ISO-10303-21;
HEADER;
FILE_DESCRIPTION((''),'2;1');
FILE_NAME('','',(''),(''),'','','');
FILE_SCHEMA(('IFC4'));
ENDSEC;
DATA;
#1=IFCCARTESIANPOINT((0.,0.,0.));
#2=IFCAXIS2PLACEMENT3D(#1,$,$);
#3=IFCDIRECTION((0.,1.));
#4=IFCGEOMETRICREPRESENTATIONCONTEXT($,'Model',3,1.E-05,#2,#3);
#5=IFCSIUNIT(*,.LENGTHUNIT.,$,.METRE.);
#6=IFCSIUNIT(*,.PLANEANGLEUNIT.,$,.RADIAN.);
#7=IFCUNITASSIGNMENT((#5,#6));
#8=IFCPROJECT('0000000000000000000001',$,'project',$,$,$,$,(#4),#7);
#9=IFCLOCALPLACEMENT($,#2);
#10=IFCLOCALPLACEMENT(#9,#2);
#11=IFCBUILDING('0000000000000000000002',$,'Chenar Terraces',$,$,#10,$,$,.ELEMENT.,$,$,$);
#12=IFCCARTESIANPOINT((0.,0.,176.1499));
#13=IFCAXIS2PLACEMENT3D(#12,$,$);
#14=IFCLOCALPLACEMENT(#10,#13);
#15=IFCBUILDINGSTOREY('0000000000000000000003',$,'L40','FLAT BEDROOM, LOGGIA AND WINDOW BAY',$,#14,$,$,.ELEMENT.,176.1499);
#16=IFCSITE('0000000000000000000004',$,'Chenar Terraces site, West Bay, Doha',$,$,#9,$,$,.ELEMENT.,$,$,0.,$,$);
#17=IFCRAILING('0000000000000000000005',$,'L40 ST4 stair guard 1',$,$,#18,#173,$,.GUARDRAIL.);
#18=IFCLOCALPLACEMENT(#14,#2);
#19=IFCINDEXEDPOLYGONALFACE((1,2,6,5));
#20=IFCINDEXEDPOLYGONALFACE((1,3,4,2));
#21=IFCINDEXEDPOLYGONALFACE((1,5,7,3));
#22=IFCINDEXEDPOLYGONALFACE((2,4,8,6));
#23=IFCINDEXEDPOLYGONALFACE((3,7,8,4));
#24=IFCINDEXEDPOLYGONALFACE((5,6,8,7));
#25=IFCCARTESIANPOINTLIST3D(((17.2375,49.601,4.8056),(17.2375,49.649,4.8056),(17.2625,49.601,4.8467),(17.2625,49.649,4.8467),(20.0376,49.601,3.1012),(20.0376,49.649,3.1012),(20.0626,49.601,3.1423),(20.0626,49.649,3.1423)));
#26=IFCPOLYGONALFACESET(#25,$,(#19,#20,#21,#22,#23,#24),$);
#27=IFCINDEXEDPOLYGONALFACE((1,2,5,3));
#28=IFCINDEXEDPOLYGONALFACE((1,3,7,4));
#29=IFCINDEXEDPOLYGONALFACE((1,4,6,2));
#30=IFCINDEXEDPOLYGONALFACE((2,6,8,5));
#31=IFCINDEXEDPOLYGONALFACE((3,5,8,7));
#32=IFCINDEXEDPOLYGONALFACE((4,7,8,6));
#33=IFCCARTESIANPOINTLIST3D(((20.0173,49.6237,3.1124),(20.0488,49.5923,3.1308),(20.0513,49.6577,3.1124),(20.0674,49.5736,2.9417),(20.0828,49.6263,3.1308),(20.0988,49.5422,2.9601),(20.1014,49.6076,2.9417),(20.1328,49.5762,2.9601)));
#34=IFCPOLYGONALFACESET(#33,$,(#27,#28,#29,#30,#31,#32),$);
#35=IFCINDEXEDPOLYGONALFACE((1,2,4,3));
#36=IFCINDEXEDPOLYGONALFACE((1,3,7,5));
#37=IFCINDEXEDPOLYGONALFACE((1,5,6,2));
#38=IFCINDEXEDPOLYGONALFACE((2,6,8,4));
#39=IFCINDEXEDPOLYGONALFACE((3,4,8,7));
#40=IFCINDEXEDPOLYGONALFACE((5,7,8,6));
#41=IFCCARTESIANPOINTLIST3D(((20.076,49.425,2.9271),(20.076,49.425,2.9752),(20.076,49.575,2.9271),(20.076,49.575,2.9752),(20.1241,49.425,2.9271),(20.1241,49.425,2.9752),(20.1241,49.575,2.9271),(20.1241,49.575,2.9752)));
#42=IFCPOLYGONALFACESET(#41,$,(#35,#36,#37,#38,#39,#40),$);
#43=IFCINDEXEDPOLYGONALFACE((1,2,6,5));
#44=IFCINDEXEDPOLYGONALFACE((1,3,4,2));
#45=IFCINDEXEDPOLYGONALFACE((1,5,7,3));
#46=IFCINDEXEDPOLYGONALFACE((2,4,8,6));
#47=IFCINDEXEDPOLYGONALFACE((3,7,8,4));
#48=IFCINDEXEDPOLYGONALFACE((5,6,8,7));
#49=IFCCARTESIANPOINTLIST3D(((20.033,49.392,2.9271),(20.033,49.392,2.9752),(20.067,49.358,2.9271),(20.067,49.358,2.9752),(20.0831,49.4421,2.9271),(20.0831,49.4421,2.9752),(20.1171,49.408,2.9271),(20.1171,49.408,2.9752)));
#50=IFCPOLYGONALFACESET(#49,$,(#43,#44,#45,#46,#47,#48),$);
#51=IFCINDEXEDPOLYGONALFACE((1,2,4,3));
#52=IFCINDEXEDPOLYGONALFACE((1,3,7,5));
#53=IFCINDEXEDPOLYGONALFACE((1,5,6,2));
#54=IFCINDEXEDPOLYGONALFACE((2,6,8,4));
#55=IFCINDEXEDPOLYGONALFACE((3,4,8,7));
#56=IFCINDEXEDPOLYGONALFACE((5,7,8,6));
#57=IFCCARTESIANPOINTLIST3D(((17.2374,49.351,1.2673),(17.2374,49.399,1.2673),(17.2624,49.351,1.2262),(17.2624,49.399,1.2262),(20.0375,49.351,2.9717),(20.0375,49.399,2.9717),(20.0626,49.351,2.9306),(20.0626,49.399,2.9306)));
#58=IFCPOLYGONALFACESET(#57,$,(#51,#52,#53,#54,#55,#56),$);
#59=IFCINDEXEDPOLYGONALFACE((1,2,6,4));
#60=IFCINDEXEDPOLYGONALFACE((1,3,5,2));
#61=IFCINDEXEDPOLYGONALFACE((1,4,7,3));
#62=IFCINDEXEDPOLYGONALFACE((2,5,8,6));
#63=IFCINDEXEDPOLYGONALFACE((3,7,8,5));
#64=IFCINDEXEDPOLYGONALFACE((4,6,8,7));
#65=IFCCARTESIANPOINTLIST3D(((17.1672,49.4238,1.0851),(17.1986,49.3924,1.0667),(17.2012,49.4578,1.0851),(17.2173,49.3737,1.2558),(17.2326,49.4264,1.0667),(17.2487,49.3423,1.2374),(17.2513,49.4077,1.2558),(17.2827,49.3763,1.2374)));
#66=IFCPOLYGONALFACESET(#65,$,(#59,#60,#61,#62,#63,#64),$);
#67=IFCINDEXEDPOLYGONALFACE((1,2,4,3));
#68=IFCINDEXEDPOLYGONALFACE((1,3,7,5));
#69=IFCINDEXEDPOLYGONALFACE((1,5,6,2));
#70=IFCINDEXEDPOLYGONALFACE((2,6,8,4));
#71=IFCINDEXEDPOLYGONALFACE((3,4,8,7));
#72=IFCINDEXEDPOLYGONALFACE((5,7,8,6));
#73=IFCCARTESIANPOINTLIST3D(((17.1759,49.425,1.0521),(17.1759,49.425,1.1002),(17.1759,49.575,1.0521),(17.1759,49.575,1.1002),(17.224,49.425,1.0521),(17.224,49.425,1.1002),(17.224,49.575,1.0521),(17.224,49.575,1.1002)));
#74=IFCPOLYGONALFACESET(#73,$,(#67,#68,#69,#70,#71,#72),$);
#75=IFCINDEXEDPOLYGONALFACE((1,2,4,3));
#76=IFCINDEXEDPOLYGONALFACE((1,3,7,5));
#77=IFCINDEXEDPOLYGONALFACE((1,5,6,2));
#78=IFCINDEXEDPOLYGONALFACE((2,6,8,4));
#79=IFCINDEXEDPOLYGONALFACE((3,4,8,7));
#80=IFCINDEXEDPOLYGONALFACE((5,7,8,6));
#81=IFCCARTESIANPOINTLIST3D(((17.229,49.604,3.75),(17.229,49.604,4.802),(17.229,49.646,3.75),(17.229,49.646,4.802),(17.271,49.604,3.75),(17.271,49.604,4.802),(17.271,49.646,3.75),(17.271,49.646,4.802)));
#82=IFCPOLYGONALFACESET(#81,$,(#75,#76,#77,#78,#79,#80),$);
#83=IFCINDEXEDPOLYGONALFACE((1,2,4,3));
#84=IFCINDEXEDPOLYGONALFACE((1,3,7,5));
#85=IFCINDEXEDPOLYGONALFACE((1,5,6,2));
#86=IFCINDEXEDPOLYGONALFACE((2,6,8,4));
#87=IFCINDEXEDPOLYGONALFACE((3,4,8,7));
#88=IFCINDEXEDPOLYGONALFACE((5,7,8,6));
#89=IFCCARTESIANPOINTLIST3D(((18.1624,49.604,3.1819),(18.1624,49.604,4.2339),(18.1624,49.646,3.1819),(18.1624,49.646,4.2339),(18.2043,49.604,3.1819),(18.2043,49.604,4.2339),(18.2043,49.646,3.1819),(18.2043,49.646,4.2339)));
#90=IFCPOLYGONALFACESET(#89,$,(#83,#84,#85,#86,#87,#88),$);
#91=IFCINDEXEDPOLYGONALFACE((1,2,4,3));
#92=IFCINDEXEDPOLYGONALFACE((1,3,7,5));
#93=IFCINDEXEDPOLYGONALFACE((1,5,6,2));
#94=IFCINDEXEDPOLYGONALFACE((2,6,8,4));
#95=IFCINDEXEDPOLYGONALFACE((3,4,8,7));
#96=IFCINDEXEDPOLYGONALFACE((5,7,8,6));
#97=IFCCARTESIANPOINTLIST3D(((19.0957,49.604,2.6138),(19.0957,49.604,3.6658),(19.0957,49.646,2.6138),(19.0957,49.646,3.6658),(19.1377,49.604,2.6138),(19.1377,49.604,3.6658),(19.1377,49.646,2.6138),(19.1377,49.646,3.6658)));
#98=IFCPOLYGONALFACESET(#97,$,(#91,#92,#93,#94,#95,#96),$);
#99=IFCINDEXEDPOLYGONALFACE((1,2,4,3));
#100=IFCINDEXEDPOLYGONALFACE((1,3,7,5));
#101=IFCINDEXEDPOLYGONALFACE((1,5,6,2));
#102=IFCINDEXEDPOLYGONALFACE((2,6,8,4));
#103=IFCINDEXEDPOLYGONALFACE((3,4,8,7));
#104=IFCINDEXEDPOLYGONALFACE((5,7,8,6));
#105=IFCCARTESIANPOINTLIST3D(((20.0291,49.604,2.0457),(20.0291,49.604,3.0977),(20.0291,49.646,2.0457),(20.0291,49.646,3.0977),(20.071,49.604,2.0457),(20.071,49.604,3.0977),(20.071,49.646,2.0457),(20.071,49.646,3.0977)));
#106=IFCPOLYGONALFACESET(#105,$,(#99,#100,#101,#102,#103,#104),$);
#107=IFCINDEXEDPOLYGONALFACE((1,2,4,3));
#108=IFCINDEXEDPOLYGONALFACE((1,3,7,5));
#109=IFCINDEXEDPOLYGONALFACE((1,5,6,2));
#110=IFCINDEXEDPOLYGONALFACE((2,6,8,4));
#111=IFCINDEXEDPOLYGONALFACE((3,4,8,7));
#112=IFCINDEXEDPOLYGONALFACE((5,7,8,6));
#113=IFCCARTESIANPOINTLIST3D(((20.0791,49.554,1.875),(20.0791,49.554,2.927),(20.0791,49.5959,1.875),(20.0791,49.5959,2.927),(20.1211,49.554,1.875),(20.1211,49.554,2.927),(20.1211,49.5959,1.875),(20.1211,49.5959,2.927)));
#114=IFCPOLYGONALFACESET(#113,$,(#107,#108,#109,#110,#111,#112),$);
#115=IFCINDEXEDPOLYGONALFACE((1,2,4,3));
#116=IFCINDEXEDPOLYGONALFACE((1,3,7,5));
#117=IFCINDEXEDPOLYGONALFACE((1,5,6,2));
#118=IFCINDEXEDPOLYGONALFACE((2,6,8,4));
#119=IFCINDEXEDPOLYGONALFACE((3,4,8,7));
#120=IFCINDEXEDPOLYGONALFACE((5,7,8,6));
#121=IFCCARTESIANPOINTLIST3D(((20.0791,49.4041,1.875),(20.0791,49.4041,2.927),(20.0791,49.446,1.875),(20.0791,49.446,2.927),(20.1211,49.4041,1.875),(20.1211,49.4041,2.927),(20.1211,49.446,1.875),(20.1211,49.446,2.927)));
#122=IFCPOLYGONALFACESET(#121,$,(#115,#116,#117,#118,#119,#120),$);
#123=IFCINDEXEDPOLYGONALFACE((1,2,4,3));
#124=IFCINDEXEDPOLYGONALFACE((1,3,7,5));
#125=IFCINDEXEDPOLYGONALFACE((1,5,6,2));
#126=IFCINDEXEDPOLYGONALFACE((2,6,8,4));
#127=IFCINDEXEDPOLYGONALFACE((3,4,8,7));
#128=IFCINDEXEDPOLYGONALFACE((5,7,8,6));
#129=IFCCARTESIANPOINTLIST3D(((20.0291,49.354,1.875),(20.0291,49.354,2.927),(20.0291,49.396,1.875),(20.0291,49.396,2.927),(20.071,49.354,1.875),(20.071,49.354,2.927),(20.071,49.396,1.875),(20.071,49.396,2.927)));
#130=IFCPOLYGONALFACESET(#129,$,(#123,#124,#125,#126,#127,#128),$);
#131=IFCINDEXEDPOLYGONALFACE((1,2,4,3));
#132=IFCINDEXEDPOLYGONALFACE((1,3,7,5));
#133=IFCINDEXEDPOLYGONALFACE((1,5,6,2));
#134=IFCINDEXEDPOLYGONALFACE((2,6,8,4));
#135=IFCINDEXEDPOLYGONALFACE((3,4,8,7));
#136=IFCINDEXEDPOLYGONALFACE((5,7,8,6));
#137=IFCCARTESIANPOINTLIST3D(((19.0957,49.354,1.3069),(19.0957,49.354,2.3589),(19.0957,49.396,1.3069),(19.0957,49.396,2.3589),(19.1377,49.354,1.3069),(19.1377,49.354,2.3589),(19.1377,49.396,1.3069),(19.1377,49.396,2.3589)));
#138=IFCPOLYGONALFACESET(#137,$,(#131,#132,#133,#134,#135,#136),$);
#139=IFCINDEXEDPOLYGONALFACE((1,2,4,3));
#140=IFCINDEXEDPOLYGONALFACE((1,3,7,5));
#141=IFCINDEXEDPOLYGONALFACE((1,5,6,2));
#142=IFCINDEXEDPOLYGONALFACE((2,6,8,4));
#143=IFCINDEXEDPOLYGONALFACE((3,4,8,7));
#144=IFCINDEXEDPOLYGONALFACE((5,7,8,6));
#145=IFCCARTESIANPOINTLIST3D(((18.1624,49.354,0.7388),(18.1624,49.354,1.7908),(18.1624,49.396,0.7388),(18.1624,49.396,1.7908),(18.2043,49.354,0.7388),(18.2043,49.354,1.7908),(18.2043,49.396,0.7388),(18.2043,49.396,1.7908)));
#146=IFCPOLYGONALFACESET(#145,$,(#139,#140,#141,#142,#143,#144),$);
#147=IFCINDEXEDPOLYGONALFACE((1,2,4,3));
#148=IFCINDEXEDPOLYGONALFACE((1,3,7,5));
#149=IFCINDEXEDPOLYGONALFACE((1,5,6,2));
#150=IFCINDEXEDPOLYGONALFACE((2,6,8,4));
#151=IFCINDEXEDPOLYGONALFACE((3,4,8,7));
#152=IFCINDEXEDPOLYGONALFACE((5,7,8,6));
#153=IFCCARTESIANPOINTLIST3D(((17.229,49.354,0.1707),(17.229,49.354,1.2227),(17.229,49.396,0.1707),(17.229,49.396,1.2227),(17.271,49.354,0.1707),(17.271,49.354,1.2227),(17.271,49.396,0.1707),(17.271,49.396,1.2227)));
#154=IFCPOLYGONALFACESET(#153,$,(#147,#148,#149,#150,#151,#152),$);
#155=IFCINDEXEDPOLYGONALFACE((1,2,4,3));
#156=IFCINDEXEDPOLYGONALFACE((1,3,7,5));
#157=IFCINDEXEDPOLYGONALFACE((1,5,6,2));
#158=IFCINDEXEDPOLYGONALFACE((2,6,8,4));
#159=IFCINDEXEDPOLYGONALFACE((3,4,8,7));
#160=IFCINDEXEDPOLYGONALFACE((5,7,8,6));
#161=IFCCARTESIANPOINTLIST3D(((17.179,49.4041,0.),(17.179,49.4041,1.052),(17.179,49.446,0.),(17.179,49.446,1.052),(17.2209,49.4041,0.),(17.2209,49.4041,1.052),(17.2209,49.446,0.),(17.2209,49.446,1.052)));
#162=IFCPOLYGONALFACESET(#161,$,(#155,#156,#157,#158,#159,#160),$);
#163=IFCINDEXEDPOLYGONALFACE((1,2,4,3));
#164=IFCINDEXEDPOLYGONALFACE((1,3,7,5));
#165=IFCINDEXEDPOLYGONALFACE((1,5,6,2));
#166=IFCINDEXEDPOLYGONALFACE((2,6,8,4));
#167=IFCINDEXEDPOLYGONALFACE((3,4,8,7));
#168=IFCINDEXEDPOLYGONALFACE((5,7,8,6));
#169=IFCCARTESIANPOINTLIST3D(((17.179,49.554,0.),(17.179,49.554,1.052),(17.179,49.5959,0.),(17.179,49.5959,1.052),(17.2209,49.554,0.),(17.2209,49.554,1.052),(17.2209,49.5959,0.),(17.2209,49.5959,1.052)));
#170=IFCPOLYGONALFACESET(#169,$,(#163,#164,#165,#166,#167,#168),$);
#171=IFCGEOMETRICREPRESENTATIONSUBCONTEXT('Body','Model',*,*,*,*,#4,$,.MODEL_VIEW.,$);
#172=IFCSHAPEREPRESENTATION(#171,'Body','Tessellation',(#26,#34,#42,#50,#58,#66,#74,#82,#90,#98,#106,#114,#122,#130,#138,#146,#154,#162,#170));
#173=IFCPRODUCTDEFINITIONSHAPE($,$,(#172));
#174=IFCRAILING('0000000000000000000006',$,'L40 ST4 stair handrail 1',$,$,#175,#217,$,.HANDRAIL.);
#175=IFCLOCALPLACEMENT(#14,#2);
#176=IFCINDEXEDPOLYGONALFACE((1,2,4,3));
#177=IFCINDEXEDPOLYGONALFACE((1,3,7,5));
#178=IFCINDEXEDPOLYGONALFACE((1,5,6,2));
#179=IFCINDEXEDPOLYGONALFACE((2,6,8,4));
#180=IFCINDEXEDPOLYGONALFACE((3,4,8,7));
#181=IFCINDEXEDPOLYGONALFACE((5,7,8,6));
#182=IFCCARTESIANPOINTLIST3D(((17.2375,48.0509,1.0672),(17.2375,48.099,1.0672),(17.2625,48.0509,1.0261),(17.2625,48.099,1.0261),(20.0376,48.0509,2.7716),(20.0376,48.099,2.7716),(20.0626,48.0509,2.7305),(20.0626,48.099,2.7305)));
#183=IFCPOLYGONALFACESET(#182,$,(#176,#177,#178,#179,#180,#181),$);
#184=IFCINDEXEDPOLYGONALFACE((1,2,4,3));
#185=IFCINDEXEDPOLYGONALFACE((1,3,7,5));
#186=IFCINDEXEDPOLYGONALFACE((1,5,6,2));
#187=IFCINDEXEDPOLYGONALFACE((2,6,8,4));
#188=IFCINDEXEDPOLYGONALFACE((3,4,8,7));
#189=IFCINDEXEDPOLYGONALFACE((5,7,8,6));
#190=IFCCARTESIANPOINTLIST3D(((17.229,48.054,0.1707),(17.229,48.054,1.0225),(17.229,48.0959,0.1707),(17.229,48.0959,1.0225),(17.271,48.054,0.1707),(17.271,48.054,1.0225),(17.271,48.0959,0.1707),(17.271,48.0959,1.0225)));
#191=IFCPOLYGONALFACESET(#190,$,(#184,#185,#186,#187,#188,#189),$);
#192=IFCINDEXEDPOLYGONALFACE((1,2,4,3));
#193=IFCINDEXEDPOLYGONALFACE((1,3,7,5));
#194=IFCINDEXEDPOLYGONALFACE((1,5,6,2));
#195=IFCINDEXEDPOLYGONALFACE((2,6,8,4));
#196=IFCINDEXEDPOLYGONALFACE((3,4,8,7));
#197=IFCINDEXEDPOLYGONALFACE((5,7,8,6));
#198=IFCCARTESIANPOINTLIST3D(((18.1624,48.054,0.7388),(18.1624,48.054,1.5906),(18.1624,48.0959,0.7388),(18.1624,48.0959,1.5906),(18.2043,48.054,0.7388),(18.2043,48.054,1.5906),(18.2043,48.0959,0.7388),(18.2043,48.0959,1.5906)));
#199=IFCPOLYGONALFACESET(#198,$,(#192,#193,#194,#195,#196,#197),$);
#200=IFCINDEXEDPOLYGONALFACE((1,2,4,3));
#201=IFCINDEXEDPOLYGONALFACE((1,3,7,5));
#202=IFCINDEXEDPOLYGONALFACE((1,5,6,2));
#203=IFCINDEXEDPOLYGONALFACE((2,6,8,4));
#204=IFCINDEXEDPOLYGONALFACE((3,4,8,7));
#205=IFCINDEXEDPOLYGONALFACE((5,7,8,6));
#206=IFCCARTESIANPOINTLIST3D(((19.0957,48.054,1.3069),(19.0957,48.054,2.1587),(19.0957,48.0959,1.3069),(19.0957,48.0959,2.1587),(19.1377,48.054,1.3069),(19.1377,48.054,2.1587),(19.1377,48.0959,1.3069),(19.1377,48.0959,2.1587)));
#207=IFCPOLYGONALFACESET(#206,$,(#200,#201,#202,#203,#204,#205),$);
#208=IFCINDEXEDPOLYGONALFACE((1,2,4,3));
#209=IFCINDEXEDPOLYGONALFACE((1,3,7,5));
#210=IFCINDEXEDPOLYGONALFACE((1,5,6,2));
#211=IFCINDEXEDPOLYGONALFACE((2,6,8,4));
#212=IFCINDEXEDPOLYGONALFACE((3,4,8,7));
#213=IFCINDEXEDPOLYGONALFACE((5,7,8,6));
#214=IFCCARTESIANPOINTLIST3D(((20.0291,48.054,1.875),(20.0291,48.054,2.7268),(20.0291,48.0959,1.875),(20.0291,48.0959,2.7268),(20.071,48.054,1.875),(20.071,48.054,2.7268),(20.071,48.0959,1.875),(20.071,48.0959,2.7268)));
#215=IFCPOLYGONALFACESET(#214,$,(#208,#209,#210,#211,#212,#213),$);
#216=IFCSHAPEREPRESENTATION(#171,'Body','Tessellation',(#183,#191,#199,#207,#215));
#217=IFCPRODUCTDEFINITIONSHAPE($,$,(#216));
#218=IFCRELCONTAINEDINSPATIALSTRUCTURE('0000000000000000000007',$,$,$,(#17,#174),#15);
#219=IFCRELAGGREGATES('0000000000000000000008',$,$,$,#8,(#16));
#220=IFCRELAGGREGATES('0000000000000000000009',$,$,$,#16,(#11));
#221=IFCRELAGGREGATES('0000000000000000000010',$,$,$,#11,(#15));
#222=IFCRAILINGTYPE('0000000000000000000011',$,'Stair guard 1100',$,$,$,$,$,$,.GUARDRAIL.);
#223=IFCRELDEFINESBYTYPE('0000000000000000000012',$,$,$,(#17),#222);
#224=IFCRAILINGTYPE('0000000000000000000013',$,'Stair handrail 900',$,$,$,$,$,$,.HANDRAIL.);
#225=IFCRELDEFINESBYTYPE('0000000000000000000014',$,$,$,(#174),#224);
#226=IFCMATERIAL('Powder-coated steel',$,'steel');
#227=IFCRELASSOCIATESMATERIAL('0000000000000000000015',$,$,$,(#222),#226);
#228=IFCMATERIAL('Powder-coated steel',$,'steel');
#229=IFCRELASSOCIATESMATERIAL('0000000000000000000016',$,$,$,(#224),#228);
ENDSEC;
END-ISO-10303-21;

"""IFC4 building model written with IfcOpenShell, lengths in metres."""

from ifc_helpers import new_model, si_unit, direction, frame, origin, origin_2d, place, context, subcontext, project, spatial, rectangle, extrude, material, type_object, element, save


model = new_model("IFC4")

# Units and contexts
model_context = context("Model", 3, precision=1e-05, world=origin(), true_north=direction((0.0, 1.0)))
body_context = subcontext(model_context, "Body", "Model", "MODEL_VIEW")
ifc_project = project(units=[si_unit("LENGTHUNIT", "METRE"), si_unit("PLANEANGLEUNIT", "RADIAN")], contexts=[model_context])

# Site, building, storey
site_placement = place(None, origin())
site = spatial("IfcSite", under=ifc_project, at=site_placement, Name="Chenar Terraces site, West Bay, Doha", CompositionType="ELEMENT", RefElevation=0.0)
building_placement = place(site_placement, origin())
building = spatial("IfcBuilding", under=site, at=building_placement, Name="Chenar Terraces", CompositionType="ELEMENT")
storey_placement = place(building_placement, frame((0.0, 0.0, 176.1499)))
storey = spatial("IfcBuildingStorey", under=building, at=storey_placement, Name="L40", Description="FLAT BEDROOM, LOGGIA AND WINDOW BAY", CompositionType="ELEMENT", Elevation=176.1499)

# Railings
ifc_material_1 = material(Name="Powder-coated steel", Category="steel")
railing_type_1 = type_object("IfcRailingType", Name="Stair guard 1100", PredefinedType="GUARDRAIL", material=ifc_material_1)
railing_1_placement = place(storey_placement, frame((17.25, 49.625, 3.75)))
element("IfcRailing", 1, at=railing_1_placement, inside=storey, type_object=railing_type_1, Name="L40 ST4 stair guard 1", PredefinedType="GUARDRAIL", context=body_context, shape_type="SweptSolid", body=[
    extrude(rectangle(XDim=0.0481, YDim=0.0481, at=origin_2d()), frame((0.0, 0.0, 1.0762), z_axis=(0.854203, 0.0, -0.51994), x_axis=(0.0, 1.0, 0.0)), (0.0, 0.0, 1.0), 3.2781),
    extrude(rectangle(XDim=0.0481, YDim=0.0481, at=origin_2d()), frame((2.8, 0.0, -0.6284), z_axis=(0.2709, -0.2709, -0.923703), x_axis=(0.707107, 0.707107, 0.0)), (0.0, 0.0, 1.0), 0.1848),
    extrude(rectangle(XDim=0.0481, YDim=0.0481, at=origin_2d()), frame((2.8501, -0.05, -0.7988), z_axis=(0.0, -1.0, 0.0), x_axis=(1.0, 0.0, 0.0)), (0.0, 0.0, 1.0), 0.1499),
    extrude(rectangle(XDim=0.0481, YDim=0.0481, at=origin_2d()), frame((2.8501, -0.2, -0.7988), z_axis=(-0.707107, -0.707107, 0.0), x_axis=(0.707107, -0.707107, 0.0)), (0.0, 0.0, 1.0), 0.0708),
    extrude(rectangle(XDim=0.0481, YDim=0.0481, at=origin_2d()), frame((2.8, -0.25, -0.7988), z_axis=(-0.854203, 0.0, -0.51994), x_axis=(0.0, -1.0, 0.0)), (0.0, 0.0, 1.0), 3.2781),
    extrude(rectangle(XDim=0.0481, YDim=0.0481, at=origin_2d()), frame((0.0, -0.25, -2.5034), z_axis=(-0.2709, 0.2709, -0.923703), x_axis=(-0.707107, -0.707107, 0.0)), (0.0, 0.0, 1.0), 0.1848),
    extrude(rectangle(XDim=0.0481, YDim=0.0481, at=origin_2d()), frame((-0.05, -0.2, -2.6738), z_axis=(0.0, 1.0, 0.0), x_axis=(-1.0, 0.0, 0.0)), (0.0, 0.0, 1.0), 0.1499),
    extrude(rectangle(XDim=0.042, YDim=0.042, at=origin_2d()), origin(), (0.0, 0.0, 1.0), 1.052),
    extrude(rectangle(XDim=0.042, YDim=0.042, at=origin_2d()), frame((0.9333, 0.0, -0.5681)), (0.0, 0.0, 1.0), 1.052),
    extrude(rectangle(XDim=0.042, YDim=0.042, at=origin_2d()), frame((1.8667, 0.0, -1.1362)), (0.0, 0.0, 1.0), 1.052),
    extrude(rectangle(XDim=0.042, YDim=0.042, at=origin_2d()), frame((2.8, 0.0, -1.7043)), (0.0, 0.0, 1.0), 1.052),
    extrude(rectangle(XDim=0.042, YDim=0.042, at=origin_2d()), frame((2.8501, -0.05, -1.875)), (0.0, 0.0, 1.0), 1.052),
    extrude(rectangle(XDim=0.042, YDim=0.042, at=origin_2d()), frame((2.8501, -0.2, -1.875)), (0.0, 0.0, 1.0), 1.052),
    extrude(rectangle(XDim=0.042, YDim=0.042, at=origin_2d()), frame((2.8, -0.25, -1.875)), (0.0, 0.0, 1.0), 1.052),
    extrude(rectangle(XDim=0.042, YDim=0.042, at=origin_2d()), frame((1.8667, -0.25, -2.4431)), (0.0, 0.0, 1.0), 1.052),
    extrude(rectangle(XDim=0.042, YDim=0.042, at=origin_2d()), frame((0.9333, -0.25, -3.0112)), (0.0, 0.0, 1.0), 1.052),
    extrude(rectangle(XDim=0.042, YDim=0.042, at=origin_2d()), frame((0.0, -0.25, -3.5793)), (0.0, 0.0, 1.0), 1.052),
    extrude(rectangle(XDim=0.042, YDim=0.042, at=origin_2d()), frame((-0.05, -0.2, -3.75)), (0.0, 0.0, 1.0), 1.052),
    extrude(rectangle(XDim=0.042, YDim=0.042, at=origin_2d()), frame((-0.05, -0.05, -3.75)), (0.0, 0.0, 1.0), 1.052),
])
ifc_material_2 = material(Name="Powder-coated steel", Category="steel")
railing_type_2 = type_object("IfcRailingType", Name="Stair handrail 900", PredefinedType="HANDRAIL", material=ifc_material_2)
railing_2_placement = place(storey_placement, frame((17.25, 48.075, 0.1707)))
element("IfcRailing", 2, at=railing_2_placement, inside=storey, type_object=railing_type_2, Name="L40 ST4 stair handrail 1", PredefinedType="HANDRAIL", context=body_context, shape_type="SweptSolid", body=[
    extrude(rectangle(XDim=0.0481, YDim=0.0481, at=origin_2d()), frame((0.0, 0.0, 0.876), z_axis=(0.854203, 0.0, 0.51994), x_axis=(0.0, 1.0, 0.0)), (0.0, 0.0, 1.0), 3.2781),
    extrude(rectangle(XDim=0.042, YDim=0.042, at=origin_2d()), origin(), (0.0, 0.0, 1.0), 0.8518),
    extrude(rectangle(XDim=0.042, YDim=0.042, at=origin_2d()), frame((0.9333, 0.0, 0.5681)), (0.0, 0.0, 1.0), 0.8518),
    extrude(rectangle(XDim=0.042, YDim=0.042, at=origin_2d()), frame((1.8667, 0.0, 1.1362)), (0.0, 0.0, 1.0), 0.8518),
    extrude(rectangle(XDim=0.042, YDim=0.042, at=origin_2d()), frame((2.8, 0.0, 1.7043)), (0.0, 0.0, 1.0), 0.8518),
])

save(model, "model.ifc")
